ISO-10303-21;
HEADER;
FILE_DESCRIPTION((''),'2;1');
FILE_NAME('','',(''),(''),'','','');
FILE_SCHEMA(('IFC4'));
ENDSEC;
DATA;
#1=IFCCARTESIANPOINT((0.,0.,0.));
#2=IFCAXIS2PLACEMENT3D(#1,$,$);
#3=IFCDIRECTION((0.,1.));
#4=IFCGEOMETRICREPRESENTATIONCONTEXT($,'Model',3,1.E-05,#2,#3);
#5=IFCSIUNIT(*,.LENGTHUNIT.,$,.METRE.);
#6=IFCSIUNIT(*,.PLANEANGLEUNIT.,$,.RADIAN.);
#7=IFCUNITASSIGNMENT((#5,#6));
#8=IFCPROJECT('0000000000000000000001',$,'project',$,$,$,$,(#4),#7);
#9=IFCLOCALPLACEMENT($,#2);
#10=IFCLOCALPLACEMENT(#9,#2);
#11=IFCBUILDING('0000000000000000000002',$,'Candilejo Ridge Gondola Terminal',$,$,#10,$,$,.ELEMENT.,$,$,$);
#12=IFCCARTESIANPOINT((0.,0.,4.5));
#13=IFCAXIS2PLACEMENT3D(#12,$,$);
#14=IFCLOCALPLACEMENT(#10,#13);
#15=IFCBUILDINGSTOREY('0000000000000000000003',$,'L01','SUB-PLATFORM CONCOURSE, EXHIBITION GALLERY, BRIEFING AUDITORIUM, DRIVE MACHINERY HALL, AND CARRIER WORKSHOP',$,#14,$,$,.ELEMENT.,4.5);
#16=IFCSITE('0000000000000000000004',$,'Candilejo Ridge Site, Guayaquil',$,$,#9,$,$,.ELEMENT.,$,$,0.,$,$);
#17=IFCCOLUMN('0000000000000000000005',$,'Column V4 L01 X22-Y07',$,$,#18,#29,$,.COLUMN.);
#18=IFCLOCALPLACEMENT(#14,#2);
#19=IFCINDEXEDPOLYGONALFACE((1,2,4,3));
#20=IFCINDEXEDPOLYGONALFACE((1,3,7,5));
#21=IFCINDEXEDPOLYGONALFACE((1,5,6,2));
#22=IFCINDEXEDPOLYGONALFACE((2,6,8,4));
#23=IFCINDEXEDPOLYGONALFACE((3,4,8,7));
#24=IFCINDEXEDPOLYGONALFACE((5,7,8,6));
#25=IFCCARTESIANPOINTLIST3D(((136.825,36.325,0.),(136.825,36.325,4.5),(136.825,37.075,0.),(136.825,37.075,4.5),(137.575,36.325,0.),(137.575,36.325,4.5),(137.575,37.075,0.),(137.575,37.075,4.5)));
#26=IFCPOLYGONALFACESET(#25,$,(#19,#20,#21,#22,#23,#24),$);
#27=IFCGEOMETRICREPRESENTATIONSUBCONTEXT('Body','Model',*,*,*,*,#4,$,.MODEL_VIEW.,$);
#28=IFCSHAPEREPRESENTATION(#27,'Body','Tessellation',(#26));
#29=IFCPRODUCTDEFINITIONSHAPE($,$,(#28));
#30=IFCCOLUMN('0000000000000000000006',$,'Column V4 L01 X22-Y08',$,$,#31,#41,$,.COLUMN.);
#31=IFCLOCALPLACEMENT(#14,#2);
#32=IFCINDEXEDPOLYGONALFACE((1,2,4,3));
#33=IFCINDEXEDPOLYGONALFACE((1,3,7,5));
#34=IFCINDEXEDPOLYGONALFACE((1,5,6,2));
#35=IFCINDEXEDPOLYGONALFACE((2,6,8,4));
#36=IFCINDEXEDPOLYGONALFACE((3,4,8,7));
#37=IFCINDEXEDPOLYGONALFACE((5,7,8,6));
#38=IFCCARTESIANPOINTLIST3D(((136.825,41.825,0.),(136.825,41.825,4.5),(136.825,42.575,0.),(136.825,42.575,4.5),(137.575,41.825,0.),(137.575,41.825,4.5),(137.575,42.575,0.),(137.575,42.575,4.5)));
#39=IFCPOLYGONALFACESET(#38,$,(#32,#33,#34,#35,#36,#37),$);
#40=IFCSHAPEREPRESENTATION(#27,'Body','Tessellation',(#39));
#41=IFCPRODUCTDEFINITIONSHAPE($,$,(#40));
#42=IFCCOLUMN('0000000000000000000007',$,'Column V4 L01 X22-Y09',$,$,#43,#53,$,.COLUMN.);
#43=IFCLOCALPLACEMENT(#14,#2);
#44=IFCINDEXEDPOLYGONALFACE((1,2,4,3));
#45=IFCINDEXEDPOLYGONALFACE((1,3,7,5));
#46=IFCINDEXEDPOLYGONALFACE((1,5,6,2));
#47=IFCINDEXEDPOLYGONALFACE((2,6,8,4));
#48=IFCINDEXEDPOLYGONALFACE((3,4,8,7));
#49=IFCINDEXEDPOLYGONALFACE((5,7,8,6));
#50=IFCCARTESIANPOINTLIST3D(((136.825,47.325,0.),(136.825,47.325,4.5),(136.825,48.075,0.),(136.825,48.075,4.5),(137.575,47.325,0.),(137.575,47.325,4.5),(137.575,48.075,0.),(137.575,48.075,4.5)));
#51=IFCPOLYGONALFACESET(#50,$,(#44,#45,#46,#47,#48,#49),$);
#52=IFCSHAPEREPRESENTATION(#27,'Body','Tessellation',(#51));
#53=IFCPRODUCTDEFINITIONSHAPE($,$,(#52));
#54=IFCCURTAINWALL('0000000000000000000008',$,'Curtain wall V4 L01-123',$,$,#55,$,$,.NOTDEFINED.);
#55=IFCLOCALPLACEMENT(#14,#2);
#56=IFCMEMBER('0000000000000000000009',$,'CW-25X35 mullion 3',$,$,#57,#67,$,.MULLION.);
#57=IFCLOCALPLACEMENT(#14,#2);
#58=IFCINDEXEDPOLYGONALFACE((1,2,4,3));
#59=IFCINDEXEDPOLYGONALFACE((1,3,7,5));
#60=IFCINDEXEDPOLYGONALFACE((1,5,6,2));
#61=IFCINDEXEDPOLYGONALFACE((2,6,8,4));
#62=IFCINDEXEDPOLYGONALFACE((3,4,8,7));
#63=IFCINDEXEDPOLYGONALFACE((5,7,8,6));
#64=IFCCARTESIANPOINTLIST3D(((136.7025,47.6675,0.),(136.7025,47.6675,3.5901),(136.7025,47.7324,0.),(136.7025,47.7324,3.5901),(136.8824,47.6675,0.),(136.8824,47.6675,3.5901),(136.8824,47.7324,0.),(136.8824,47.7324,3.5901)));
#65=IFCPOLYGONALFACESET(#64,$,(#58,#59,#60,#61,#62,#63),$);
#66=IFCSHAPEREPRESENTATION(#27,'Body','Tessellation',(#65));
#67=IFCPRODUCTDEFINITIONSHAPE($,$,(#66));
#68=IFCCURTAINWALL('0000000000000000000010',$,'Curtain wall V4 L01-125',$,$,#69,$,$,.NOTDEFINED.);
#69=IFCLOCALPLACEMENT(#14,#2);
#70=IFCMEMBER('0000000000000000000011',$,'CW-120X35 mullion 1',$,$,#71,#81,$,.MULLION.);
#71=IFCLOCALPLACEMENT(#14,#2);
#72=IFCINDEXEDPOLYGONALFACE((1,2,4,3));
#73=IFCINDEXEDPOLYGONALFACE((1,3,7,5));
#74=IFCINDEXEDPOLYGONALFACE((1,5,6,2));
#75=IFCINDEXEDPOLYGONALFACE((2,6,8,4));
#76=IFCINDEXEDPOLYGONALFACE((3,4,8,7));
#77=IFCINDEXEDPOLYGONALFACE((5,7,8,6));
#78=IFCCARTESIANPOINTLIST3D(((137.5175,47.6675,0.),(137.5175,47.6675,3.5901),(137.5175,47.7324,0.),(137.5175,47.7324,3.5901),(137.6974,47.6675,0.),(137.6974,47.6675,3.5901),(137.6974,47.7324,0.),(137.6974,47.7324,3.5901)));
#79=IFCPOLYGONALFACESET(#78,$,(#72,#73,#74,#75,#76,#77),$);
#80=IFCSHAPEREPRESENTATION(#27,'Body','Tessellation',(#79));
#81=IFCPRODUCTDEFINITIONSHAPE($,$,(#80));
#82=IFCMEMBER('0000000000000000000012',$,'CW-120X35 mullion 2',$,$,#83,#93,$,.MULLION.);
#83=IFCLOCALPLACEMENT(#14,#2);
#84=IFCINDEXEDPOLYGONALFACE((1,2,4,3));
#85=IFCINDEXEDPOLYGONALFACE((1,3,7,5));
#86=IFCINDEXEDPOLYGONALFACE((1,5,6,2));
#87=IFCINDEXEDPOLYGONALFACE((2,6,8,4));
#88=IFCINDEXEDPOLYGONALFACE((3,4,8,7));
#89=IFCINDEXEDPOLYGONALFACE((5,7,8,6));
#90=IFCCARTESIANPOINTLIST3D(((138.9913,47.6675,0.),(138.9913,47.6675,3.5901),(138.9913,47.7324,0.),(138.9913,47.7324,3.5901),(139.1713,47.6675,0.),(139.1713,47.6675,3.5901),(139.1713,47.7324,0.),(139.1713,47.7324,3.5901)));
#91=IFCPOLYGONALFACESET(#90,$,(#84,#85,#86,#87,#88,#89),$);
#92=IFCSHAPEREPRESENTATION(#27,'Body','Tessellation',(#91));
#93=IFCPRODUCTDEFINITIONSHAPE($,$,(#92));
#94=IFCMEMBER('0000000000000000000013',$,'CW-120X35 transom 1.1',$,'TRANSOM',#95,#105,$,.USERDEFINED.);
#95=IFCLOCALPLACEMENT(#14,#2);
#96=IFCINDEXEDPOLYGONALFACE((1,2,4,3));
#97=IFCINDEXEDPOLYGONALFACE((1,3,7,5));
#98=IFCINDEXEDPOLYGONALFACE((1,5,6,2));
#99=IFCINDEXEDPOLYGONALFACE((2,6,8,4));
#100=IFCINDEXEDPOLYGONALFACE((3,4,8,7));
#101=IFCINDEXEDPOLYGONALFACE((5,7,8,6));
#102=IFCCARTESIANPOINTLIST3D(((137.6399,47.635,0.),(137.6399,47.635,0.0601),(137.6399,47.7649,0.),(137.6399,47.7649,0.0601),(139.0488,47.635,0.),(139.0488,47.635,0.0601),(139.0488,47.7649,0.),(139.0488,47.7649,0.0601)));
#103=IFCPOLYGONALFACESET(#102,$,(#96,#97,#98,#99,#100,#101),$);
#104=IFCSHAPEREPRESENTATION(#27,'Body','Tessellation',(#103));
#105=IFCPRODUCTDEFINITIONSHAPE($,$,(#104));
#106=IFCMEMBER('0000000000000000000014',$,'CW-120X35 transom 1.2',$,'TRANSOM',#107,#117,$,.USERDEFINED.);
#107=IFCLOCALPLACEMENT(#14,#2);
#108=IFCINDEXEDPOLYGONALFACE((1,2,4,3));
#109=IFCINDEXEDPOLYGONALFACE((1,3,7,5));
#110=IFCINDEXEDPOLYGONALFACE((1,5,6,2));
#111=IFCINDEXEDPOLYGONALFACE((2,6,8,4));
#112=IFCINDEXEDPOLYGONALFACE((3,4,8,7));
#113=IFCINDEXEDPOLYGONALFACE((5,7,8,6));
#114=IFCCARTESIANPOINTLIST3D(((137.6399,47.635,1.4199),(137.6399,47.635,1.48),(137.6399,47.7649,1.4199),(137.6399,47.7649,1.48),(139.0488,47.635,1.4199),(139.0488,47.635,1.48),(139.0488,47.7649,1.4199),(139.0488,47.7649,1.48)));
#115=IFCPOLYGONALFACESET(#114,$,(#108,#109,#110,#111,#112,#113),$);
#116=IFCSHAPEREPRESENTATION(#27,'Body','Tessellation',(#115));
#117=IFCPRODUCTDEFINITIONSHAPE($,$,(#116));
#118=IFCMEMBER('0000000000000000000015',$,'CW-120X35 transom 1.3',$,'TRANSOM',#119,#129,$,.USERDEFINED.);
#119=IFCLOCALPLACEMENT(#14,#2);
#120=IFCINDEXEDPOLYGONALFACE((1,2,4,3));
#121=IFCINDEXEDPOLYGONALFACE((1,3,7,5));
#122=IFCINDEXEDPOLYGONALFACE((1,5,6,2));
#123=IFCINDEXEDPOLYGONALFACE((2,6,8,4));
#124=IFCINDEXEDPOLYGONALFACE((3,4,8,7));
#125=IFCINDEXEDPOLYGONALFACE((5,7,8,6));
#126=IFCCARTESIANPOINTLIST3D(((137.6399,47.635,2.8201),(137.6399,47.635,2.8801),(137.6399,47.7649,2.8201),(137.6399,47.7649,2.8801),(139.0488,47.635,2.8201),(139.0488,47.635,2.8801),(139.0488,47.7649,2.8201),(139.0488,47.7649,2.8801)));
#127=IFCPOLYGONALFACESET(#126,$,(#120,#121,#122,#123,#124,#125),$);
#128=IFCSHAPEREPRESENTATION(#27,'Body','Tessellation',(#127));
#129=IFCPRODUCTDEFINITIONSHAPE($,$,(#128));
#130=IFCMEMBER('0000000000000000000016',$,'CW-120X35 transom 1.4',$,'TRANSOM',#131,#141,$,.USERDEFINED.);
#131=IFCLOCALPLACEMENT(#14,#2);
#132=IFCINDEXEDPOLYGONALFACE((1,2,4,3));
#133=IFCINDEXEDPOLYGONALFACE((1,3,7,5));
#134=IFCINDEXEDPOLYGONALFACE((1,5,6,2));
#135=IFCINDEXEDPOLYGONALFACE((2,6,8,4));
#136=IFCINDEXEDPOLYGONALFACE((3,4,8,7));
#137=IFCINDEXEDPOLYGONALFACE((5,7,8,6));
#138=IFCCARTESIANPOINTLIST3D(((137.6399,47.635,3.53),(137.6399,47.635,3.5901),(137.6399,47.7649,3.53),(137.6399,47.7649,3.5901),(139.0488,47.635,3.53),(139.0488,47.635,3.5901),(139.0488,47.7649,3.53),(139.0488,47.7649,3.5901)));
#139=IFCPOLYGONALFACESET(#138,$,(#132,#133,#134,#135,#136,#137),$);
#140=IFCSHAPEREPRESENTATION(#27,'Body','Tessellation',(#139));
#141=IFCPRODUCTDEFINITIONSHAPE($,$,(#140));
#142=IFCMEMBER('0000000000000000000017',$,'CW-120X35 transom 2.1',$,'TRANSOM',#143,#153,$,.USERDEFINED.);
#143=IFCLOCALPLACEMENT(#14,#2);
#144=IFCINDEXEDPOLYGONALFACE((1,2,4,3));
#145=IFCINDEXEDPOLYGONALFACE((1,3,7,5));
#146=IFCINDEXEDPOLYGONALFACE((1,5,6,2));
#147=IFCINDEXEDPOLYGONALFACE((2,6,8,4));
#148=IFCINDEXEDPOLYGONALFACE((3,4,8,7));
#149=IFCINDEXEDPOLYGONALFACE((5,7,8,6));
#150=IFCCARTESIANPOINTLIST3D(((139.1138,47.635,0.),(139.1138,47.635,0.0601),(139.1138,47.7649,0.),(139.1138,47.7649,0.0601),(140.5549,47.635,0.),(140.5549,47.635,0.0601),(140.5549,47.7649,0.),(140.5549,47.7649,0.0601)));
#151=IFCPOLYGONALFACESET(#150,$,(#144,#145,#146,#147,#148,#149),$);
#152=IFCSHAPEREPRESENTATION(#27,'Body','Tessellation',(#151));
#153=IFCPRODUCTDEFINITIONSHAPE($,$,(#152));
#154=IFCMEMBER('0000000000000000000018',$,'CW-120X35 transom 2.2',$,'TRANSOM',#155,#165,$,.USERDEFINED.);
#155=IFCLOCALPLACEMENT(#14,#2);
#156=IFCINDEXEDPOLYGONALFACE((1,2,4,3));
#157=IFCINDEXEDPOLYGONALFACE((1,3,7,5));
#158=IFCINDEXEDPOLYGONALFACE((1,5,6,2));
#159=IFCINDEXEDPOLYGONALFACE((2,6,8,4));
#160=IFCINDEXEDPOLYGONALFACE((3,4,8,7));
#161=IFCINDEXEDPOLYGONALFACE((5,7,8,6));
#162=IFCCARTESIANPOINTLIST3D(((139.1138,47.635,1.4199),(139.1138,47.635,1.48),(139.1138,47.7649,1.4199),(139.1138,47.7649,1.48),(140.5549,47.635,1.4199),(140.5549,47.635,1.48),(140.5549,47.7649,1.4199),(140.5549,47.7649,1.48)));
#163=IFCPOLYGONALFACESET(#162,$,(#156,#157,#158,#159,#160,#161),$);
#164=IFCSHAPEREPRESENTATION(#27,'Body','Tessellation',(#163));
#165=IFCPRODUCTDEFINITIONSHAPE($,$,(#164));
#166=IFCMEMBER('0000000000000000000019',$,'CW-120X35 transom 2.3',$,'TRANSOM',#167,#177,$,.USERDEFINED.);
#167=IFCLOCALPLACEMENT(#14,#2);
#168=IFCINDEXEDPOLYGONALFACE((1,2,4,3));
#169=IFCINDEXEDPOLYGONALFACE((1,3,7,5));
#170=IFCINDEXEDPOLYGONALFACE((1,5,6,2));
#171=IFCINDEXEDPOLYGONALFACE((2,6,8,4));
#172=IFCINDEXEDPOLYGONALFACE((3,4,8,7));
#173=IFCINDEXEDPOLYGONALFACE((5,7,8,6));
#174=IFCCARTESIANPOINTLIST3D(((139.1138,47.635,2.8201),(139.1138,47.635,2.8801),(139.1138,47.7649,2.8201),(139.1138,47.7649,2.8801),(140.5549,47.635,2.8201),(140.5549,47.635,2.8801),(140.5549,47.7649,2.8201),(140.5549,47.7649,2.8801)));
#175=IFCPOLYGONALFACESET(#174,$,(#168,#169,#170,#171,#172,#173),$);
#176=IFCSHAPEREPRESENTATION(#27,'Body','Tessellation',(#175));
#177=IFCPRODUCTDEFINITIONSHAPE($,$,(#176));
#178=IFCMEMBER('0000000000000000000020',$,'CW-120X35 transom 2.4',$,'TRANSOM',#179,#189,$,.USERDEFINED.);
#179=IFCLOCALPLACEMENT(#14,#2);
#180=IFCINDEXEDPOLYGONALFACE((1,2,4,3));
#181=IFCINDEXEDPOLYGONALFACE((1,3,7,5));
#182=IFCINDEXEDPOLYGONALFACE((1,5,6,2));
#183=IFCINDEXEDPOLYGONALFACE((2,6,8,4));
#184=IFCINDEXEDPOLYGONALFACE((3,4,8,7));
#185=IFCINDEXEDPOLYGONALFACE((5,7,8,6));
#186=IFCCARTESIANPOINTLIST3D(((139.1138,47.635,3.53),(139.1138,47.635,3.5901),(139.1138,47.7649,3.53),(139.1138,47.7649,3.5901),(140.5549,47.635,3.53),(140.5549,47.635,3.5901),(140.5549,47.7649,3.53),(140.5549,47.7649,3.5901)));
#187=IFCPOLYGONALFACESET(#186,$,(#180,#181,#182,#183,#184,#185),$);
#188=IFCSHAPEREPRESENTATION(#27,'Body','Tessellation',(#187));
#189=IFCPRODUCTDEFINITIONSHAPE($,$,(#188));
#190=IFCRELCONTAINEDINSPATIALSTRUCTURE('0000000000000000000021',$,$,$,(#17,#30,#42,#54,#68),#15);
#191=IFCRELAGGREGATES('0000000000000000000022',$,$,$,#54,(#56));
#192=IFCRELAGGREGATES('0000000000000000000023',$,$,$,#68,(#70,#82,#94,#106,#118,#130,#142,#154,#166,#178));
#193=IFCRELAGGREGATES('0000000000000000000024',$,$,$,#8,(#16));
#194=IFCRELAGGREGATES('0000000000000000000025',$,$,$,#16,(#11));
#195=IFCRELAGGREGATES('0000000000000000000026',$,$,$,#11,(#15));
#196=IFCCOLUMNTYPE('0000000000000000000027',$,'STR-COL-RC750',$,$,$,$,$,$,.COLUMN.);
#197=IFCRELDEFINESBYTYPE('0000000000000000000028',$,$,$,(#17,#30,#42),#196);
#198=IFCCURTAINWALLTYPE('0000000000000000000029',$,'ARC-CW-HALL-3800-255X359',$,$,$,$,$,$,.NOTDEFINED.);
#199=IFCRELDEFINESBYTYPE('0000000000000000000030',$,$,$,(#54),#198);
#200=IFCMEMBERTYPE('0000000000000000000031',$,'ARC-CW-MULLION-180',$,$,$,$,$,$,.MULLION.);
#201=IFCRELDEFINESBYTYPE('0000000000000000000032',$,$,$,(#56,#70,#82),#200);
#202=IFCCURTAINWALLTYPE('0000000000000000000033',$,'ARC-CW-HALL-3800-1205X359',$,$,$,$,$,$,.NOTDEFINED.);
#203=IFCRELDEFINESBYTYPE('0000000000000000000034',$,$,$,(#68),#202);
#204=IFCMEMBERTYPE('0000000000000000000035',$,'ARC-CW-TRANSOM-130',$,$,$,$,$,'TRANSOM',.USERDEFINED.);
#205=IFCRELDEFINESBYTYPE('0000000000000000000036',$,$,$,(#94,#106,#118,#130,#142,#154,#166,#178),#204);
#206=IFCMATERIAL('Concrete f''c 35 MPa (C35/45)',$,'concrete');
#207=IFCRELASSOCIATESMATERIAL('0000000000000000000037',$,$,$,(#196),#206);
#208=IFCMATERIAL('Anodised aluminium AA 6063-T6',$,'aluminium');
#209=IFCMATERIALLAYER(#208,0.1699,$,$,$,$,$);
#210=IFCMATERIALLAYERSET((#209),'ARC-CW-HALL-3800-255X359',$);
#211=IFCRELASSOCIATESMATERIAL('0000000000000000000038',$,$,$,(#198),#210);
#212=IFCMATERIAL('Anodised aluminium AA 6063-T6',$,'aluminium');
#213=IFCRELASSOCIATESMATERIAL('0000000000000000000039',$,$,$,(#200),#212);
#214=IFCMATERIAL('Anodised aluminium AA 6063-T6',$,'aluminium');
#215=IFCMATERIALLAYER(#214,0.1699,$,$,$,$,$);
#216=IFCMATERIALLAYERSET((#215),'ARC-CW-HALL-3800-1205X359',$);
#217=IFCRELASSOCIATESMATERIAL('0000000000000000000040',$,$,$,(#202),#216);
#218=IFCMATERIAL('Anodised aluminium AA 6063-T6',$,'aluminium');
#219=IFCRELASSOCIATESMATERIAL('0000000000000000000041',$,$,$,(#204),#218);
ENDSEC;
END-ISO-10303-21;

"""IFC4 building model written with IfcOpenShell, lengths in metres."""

from ifc_helpers import new_model, si_unit, direction, frame, origin, origin_2d, place, context, subcontext, project, spatial, rectangle, extrude, material, layer, layer_set, material_profile, profile_set, type_object, element, aggregate, save


model = new_model("IFC4")

# Units and contexts
model_context = context("Model", 3, precision=1e-05, world=origin(), true_north=direction((0.0, 1.0)))
body_context = subcontext(model_context, "Body", "Model", "MODEL_VIEW")
ifc_project = project(units=[si_unit("LENGTHUNIT", "METRE"), si_unit("PLANEANGLEUNIT", "RADIAN")], contexts=[model_context])

# Site, building, storey
site_placement = place(None, origin())
site = spatial("IfcSite", under=ifc_project, at=site_placement, Name="Candilejo Ridge Site, Guayaquil", CompositionType="ELEMENT", RefElevation=0.0)
building_placement = place(site_placement, origin())
building = spatial("IfcBuilding", under=site, at=building_placement, Name="Candilejo Ridge Gondola Terminal", CompositionType="ELEMENT")
storey_placement = place(building_placement, frame((0.0, 0.0, 4.5)))
storey = spatial("IfcBuildingStorey", under=building, at=storey_placement, Name="L01", Description="SUB-PLATFORM CONCOURSE, EXHIBITION GALLERY, BRIEFING AUDITORIUM, DRIVE MACHINERY HALL, AND CARRIER WORKSHOP", CompositionType="ELEMENT", Elevation=4.5)

# Columns
ifc_material_1 = material(Name="Concrete f'c 35 MPa (C35/45)", Category="concrete")
ifc_material_profile_1 = material_profile(ifc_material_1, rectangle(XDim=0.75, YDim=0.75, at=origin_2d()))
ifc_profile_set_1 = profile_set([ifc_material_profile_1], Name="Concrete f'c 35 MPa (C35/45)")
column_type = type_object("IfcColumnType", Name="STR-COL-RC750", PredefinedType="COLUMN", material=ifc_profile_set_1)
for number, where, z_axis, x_axis, name in (
    (1, (137.2, 36.7, 0.0), (0.0, 0.0, 1.0), (1.0, 0.0, 0.0), "Column V4 L01 X22-Y07"),
    (2, (137.2, 42.2, 0.0), (0.0, 0.0, 1.0), (1.0, 0.0, 0.0), "Column V4 L01 X22-Y08"),
    (3, (137.2, 47.7, 0.0), (0.0, 0.0, 1.0), (1.0, 0.0, 0.0), "Column V4 L01 X22-Y09"),
):
    element("IfcColumn", number, at=place(storey_placement, frame(where, z_axis=z_axis, x_axis=x_axis)), inside=storey, type_object=column_type, Name=name, PredefinedType="COLUMN", context=body_context, shape_type="SweptSolid", body=[
        extrude(rectangle(XDim=0.75, YDim=0.75, at=origin_2d()), origin(), (0.0, 0.0, 1.0), 4.5),
    ])

# Curtain wall, member
ifc_material_2 = material(Name="Anodised aluminium AA 6063-T6", Category="aluminium")
ifc_layer_1 = layer(ifc_material_2, 0.1699)
ifc_layer_set_1 = layer_set([ifc_layer_1], Name="ARC-CW-HALL-3800-255X359")
curtain_wall_type_1 = type_object("IfcCurtainWallType", Name="ARC-CW-HALL-3800-255X359", PredefinedType="NOTDEFINED", material=ifc_layer_set_1)
curtain_wall_1_placement = place(storey_placement, origin())
curtain_wall_1 = element("IfcCurtainWall", 4, at=curtain_wall_1_placement, inside=storey, type_object=curtain_wall_type_1, Name="Curtain wall V4 L01-123", PredefinedType="NOTDEFINED")
ifc_material_3 = material(Name="Anodised aluminium AA 6063-T6", Category="aluminium")
ifc_material_profile_2 = material_profile(ifc_material_3, rectangle(XDim=0.0649, YDim=0.1799, at=origin_2d()))
ifc_profile_set_2 = profile_set([ifc_material_profile_2], Name="Anodised aluminium AA 6063-T6")
member_type_1 = type_object("IfcMemberType", Name="ARC-CW-MULLION-180", PredefinedType="MULLION", material=ifc_profile_set_2)
member_1_placement = place(storey_placement, frame((136.7925, 47.7, 0.0), z_axis=(0.0, 0.0, 1.0), x_axis=(0.0, 1.0, 0.0)))
member_1 = element("IfcMember", 5, at=member_1_placement, type_object=member_type_1, Name="CW-25X35 mullion 3", PredefinedType="MULLION", context=body_context, shape_type="SweptSolid", body=[
    extrude(rectangle(XDim=0.0649, YDim=0.1799, at=origin_2d()), origin(), (0.0, 0.0, 1.0), 3.5901),
])

# Curtain wall, members
ifc_material_4 = material(Name="Anodised aluminium AA 6063-T6", Category="aluminium")
ifc_layer_2 = layer(ifc_material_4, 0.1699)
ifc_layer_set_2 = layer_set([ifc_layer_2], Name="ARC-CW-HALL-3800-1205X359")
curtain_wall_type_2 = type_object("IfcCurtainWallType", Name="ARC-CW-HALL-3800-1205X359", PredefinedType="NOTDEFINED", material=ifc_layer_set_2)
curtain_wall_2_placement = place(storey_placement, origin())
curtain_wall_2 = element("IfcCurtainWall", 6, at=curtain_wall_2_placement, inside=storey, type_object=curtain_wall_type_2, Name="Curtain wall V4 L01-125", PredefinedType="NOTDEFINED")
member_2_placement = place(storey_placement, frame((137.6074, 47.7, 0.0), z_axis=(0.0, 0.0, 1.0), x_axis=(0.0, 1.0, 0.0)))
member_2 = element("IfcMember", 7, at=member_2_placement, type_object=member_type_1, Name="CW-120X35 mullion 1", PredefinedType="MULLION", context=body_context, shape_type="SweptSolid", body=[
    extrude(rectangle(XDim=0.0649, YDim=0.1799, at=origin_2d()), origin(), (0.0, 0.0, 1.0), 3.5901),
])
member_3_placement = place(storey_placement, frame((139.0813, 47.7, 0.0), z_axis=(0.0, 0.0, 1.0), x_axis=(0.0, 1.0, 0.0)))
member_3 = element("IfcMember", 8, at=member_3_placement, type_object=member_type_1, Name="CW-120X35 mullion 2", PredefinedType="MULLION", context=body_context, shape_type="SweptSolid", body=[
    extrude(rectangle(XDim=0.0649, YDim=0.1799, at=origin_2d()), origin(), (0.0, 0.0, 1.0), 3.5901),
])
ifc_material_5 = material(Name="Anodised aluminium AA 6063-T6", Category="aluminium")
ifc_material_profile_3 = material_profile(ifc_material_5, rectangle(XDim=0.1299, YDim=0.0601, at=origin_2d()))
ifc_profile_set_3 = profile_set([ifc_material_profile_3], Name="Anodised aluminium AA 6063-T6")
member_type_2 = type_object("IfcMemberType", Name="ARC-CW-TRANSOM-130", ElementType="TRANSOM", PredefinedType="USERDEFINED", material=ifc_profile_set_3)
member_4_placement = place(storey_placement, frame((137.6399, 47.7, 0.03), z_axis=(1.0, 0.0, 0.0), x_axis=(0.0, 1.0, 0.0)))
member_4 = element("IfcMember", 9, at=member_4_placement, type_object=member_type_2, Name="CW-120X35 transom 1.1", ObjectType="TRANSOM", PredefinedType="USERDEFINED", context=body_context, shape_type="SweptSolid", body=[
    extrude(rectangle(XDim=0.1299, YDim=0.0601, at=origin_2d()), origin(), (0.0, 0.0, 1.0), 1.4089),
])
member_5_placement = place(storey_placement, frame((137.6399, 47.7, 1.45), z_axis=(1.0, 0.0, 0.0), x_axis=(0.0, 1.0, 0.0)))
member_5 = element("IfcMember", 10, at=member_5_placement, type_object=member_type_2, Name="CW-120X35 transom 1.2", ObjectType="TRANSOM", PredefinedType="USERDEFINED", context=body_context, shape_type="SweptSolid", body=[
    extrude(rectangle(XDim=0.1299, YDim=0.0601, at=origin_2d()), origin(), (0.0, 0.0, 1.0), 1.4089),
])
member_6_placement = place(storey_placement, frame((137.6399, 47.7, 2.8501), z_axis=(1.0, 0.0, 0.0), x_axis=(0.0, 1.0, 0.0)))
member_6 = element("IfcMember", 11, at=member_6_placement, type_object=member_type_2, Name="CW-120X35 transom 1.3", ObjectType="TRANSOM", PredefinedType="USERDEFINED", context=body_context, shape_type="SweptSolid", body=[
    extrude(rectangle(XDim=0.1299, YDim=0.0601, at=origin_2d()), origin(), (0.0, 0.0, 1.0), 1.4089),
])
member_7_placement = place(storey_placement, frame((137.6399, 47.7, 3.5601), z_axis=(1.0, 0.0, 0.0), x_axis=(0.0, 1.0, 0.0)))
member_7 = element("IfcMember", 12, at=member_7_placement, type_object=member_type_2, Name="CW-120X35 transom 1.4", ObjectType="TRANSOM", PredefinedType="USERDEFINED", context=body_context, shape_type="SweptSolid", body=[
    extrude(rectangle(XDim=0.1299, YDim=0.0601, at=origin_2d()), origin(), (0.0, 0.0, 1.0), 1.4089),
])
member_8_placement = place(storey_placement, frame((139.1138, 47.7, 0.03), z_axis=(1.0, 0.0, 0.0), x_axis=(0.0, 1.0, 0.0)))
member_8 = element("IfcMember", 13, at=member_8_placement, type_object=member_type_2, Name="CW-120X35 transom 2.1", ObjectType="TRANSOM", PredefinedType="USERDEFINED", context=body_context, shape_type="SweptSolid", body=[
    extrude(rectangle(XDim=0.1299, YDim=0.0601, at=origin_2d()), origin(), (0.0, 0.0, 1.0), 1.4412),
])
member_9_placement = place(storey_placement, frame((139.1138, 47.7, 1.45), z_axis=(1.0, 0.0, 0.0), x_axis=(0.0, 1.0, 0.0)))
member_9 = element("IfcMember", 14, at=member_9_placement, type_object=member_type_2, Name="CW-120X35 transom 2.2", ObjectType="TRANSOM", PredefinedType="USERDEFINED", context=body_context, shape_type="SweptSolid", body=[
    extrude(rectangle(XDim=0.1299, YDim=0.0601, at=origin_2d()), origin(), (0.0, 0.0, 1.0), 1.4412),
])
member_10_placement = place(storey_placement, frame((139.1138, 47.7, 2.8501), z_axis=(1.0, 0.0, 0.0), x_axis=(0.0, 1.0, 0.0)))
member_10 = element("IfcMember", 15, at=member_10_placement, type_object=member_type_2, Name="CW-120X35 transom 2.3", ObjectType="TRANSOM", PredefinedType="USERDEFINED", context=body_context, shape_type="SweptSolid", body=[
    extrude(rectangle(XDim=0.1299, YDim=0.0601, at=origin_2d()), origin(), (0.0, 0.0, 1.0), 1.4412),
])
member_11_placement = place(storey_placement, frame((139.1138, 47.7, 3.5601), z_axis=(1.0, 0.0, 0.0), x_axis=(0.0, 1.0, 0.0)))
member_11 = element("IfcMember", 16, at=member_11_placement, type_object=member_type_2, Name="CW-120X35 transom 2.4", ObjectType="TRANSOM", PredefinedType="USERDEFINED", context=body_context, shape_type="SweptSolid", body=[
    extrude(rectangle(XDim=0.1299, YDim=0.0601, at=origin_2d()), origin(), (0.0, 0.0, 1.0), 1.4412),
])

aggregate(curtain_wall_1, [member_1])
aggregate(curtain_wall_2, [member_2, member_3, member_4, member_5, member_6, member_7, member_8, member_9, member_10, member_11])

save(model, "model.ifc")
